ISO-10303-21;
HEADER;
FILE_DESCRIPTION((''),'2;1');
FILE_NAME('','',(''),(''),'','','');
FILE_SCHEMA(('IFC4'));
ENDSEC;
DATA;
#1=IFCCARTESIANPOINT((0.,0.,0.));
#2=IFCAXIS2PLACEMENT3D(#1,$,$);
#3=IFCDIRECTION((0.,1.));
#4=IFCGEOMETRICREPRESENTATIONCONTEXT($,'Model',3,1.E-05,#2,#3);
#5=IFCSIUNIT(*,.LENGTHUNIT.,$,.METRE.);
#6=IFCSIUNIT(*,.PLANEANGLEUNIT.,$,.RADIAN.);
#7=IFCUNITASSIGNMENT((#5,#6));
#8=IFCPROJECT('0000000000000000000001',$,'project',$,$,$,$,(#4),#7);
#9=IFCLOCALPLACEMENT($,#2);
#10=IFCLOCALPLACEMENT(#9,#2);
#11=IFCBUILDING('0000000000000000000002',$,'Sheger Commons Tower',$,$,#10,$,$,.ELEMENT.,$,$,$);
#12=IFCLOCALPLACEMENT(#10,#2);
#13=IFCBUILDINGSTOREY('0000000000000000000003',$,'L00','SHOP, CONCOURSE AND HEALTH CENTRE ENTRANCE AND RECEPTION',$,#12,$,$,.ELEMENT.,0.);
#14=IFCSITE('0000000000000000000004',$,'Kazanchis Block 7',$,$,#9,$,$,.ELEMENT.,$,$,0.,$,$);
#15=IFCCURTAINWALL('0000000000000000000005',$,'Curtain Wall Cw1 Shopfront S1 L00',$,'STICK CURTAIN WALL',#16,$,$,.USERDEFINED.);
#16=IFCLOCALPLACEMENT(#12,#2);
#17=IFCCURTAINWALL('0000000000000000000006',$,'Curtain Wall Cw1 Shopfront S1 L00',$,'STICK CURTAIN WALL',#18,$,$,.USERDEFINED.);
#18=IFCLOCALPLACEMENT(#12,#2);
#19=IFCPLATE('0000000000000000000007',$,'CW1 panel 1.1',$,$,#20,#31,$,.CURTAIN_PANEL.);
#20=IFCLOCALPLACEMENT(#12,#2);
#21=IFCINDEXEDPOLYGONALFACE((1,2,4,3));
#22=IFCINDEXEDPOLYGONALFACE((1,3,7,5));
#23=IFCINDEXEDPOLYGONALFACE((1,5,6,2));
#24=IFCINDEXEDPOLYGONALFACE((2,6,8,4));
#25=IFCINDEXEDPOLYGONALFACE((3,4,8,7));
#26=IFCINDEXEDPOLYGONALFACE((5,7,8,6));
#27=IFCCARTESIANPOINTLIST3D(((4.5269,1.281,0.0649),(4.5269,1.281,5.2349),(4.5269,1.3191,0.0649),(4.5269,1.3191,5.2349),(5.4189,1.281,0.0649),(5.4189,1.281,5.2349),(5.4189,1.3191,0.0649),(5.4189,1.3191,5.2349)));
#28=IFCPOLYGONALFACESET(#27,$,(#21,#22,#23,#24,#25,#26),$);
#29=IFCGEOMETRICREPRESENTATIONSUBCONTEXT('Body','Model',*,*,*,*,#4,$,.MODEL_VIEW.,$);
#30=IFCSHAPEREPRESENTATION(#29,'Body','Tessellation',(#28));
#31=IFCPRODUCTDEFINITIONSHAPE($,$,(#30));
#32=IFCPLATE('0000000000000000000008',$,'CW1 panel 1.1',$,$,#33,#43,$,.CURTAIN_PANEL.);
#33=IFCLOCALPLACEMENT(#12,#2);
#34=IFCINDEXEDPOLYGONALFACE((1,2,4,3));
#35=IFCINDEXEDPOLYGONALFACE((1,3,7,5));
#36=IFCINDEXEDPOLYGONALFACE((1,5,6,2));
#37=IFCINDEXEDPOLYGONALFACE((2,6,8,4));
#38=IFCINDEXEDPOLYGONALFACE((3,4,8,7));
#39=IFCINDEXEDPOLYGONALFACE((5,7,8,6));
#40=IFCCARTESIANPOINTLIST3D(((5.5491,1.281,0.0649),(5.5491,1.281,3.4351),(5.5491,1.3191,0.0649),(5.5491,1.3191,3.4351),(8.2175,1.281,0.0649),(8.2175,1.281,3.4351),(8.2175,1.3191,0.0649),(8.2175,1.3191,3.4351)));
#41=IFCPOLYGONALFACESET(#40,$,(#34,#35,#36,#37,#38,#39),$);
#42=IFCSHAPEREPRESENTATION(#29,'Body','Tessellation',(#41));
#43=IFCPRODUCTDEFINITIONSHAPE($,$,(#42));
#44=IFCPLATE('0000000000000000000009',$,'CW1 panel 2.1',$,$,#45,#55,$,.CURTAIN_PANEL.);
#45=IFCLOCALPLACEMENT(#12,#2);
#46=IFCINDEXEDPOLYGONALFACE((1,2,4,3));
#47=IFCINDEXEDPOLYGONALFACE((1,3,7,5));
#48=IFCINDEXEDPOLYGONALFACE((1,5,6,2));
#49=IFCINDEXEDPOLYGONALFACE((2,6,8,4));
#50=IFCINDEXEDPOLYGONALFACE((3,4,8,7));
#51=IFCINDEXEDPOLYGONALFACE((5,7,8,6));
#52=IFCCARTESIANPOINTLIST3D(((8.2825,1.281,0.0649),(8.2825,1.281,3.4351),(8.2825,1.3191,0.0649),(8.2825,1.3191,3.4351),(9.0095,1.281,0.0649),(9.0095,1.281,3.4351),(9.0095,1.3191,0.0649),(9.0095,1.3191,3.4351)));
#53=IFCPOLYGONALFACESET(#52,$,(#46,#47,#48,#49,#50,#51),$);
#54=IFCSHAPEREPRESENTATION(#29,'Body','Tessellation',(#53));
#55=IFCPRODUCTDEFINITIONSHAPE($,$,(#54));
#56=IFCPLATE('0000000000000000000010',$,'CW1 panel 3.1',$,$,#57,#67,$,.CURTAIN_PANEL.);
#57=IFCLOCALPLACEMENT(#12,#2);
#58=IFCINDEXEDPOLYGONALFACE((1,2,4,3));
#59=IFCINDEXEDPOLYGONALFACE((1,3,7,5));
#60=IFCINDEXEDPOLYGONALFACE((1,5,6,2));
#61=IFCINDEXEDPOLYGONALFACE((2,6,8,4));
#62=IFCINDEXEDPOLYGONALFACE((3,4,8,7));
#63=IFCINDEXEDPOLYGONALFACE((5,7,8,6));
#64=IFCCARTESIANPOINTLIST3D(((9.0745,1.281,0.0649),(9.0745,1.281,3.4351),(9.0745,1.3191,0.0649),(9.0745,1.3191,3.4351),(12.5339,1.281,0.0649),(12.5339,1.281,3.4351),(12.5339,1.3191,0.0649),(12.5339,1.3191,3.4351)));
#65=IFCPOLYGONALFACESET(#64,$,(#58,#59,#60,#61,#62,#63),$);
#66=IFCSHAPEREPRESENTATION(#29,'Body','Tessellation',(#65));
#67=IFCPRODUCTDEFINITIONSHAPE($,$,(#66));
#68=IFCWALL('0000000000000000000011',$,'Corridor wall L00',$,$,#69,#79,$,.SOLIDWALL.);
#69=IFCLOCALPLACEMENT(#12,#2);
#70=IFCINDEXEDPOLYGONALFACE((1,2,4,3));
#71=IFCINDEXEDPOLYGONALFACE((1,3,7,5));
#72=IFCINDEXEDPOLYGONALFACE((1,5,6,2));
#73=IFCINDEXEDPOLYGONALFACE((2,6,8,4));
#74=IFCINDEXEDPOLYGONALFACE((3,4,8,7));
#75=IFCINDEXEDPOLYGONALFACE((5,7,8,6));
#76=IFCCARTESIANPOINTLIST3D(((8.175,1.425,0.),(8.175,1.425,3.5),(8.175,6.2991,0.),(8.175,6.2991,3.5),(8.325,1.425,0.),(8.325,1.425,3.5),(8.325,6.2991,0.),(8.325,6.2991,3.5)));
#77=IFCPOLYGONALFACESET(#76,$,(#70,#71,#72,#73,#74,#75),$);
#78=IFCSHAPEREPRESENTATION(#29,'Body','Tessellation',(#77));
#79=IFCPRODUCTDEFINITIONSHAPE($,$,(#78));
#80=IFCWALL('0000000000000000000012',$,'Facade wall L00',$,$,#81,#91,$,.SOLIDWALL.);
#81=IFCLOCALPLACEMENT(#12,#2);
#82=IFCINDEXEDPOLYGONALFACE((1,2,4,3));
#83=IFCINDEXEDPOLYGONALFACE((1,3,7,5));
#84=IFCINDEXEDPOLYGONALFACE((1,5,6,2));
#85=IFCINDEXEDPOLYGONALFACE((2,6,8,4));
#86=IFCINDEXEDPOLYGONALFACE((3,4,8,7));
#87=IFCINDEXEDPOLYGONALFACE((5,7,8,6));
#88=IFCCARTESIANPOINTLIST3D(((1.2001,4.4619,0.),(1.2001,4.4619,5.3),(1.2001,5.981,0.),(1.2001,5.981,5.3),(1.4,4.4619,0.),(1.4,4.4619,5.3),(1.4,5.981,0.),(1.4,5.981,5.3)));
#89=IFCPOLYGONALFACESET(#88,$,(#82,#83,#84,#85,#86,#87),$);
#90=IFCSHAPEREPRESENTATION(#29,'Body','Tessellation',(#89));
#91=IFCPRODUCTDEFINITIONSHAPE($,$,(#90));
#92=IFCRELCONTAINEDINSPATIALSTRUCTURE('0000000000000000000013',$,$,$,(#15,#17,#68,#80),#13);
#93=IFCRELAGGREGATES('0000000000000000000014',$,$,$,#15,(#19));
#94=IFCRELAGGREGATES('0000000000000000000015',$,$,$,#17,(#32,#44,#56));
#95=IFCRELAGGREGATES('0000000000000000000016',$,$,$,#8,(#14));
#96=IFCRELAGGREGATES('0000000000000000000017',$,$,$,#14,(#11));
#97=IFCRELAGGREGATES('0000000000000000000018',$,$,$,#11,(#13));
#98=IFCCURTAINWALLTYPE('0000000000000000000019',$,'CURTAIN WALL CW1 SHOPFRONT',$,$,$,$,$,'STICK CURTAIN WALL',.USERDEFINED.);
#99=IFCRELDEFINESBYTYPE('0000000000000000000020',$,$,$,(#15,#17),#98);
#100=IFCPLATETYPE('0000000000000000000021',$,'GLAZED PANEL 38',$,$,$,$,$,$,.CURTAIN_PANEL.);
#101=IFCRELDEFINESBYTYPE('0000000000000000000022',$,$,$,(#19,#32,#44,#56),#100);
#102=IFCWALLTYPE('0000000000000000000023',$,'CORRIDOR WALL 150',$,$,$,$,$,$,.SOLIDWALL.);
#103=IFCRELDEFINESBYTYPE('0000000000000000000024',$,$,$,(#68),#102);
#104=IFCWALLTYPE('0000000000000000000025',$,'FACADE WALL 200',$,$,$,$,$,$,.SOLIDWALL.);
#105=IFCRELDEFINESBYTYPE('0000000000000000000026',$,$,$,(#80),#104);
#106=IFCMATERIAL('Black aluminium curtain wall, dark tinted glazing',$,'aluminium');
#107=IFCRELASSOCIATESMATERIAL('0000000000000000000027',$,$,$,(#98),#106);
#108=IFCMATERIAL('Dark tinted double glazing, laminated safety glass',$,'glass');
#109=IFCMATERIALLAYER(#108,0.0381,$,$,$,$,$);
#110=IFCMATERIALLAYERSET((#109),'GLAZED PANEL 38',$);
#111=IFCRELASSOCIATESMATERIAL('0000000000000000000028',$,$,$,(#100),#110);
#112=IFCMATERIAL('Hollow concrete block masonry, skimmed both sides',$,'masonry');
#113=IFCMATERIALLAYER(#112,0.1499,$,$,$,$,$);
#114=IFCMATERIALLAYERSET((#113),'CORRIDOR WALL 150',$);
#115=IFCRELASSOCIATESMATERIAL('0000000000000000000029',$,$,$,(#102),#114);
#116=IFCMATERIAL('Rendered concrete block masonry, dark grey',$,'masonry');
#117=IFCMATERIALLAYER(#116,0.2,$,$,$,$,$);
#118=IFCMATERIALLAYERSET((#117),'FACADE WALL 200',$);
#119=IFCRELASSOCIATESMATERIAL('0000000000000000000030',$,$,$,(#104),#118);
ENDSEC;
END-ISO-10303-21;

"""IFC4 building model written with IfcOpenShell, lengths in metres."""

from ifc_helpers import new_model, si_unit, direction, frame, frame_2d, origin, origin_2d, place, context, subcontext, project, spatial, rectangle, extrude, material, layer, layer_set, type_object, element, aggregate, save


model = new_model("IFC4")

# Units and contexts
model_context = context("Model", 3, precision=1e-05, world=origin(), true_north=direction((0.0, 1.0)))
body_context = subcontext(model_context, "Body", "Model", "MODEL_VIEW")
ifc_project = project(units=[si_unit("LENGTHUNIT", "METRE"), si_unit("PLANEANGLEUNIT", "RADIAN")], contexts=[model_context])

# Site, building, storey
site_placement = place(None, origin())
site = spatial("IfcSite", under=ifc_project, at=site_placement, Name="Kazanchis Block 7", CompositionType="ELEMENT", RefElevation=0.0)
building_placement = place(site_placement, origin())
building = spatial("IfcBuilding", under=site, at=building_placement, Name="Sheger Commons Tower", CompositionType="ELEMENT")
storey_placement = place(building_placement, origin())
storey = spatial("IfcBuildingStorey", under=building, at=storey_placement, Name="L00", Description="SHOP, CONCOURSE AND HEALTH CENTRE ENTRANCE AND RECEPTION", CompositionType="ELEMENT", Elevation=0.0)

# Curtain walls
ifc_material_1 = material(Name="Black aluminium curtain wall, dark tinted glazing", Category="aluminium")
curtain_wall_type = type_object("IfcCurtainWallType", Name="CURTAIN WALL CW1 SHOPFRONT", ElementType="STICK CURTAIN WALL", PredefinedType="USERDEFINED", material=ifc_material_1)
curtain_wall_1_placement = place(storey_placement, origin())
curtain_wall_1 = element("IfcCurtainWall", 1, at=curtain_wall_1_placement, inside=storey, type_object=curtain_wall_type, Name="Curtain Wall Cw1 Shopfront S1 L00", ObjectType="STICK CURTAIN WALL", PredefinedType="USERDEFINED")
curtain_wall_2_placement = place(storey_placement, origin())
curtain_wall_2 = element("IfcCurtainWall", 2, at=curtain_wall_2_placement, inside=storey, type_object=curtain_wall_type, Name="Curtain Wall Cw1 Shopfront S1 L00", ObjectType="STICK CURTAIN WALL", PredefinedType="USERDEFINED")

# Plates
ifc_material_2 = material(Name="Dark tinted double glazing, laminated safety glass", Category="glass")
ifc_layer_1 = layer(ifc_material_2, 0.0381)
ifc_layer_set_1 = layer_set([ifc_layer_1], Name="GLAZED PANEL 38")
plate_type = type_object("IfcPlateType", Name="GLAZED PANEL 38", PredefinedType="CURTAIN_PANEL", material=ifc_layer_set_1)
plate_1_placement = place(storey_placement, frame((4.9729, 1.3, 0.0649), z_axis=(0.0, 0.0, 1.0), x_axis=(1.0, 0.0, 0.0)))
plate_1 = element("IfcPlate", 3, at=plate_1_placement, type_object=plate_type, Name="CW1 panel 1.1", PredefinedType="CURTAIN_PANEL", context=body_context, shape_type="SweptSolid", body=[
    extrude(rectangle(XDim=0.8921, YDim=0.0381, at=origin_2d()), origin(), (0.0, 0.0, 1.0), 5.1699),
])
aggregate(curtain_wall_1, [plate_1])
plate_2_placement = place(storey_placement, frame((6.8833, 1.3, 0.0649), z_axis=(0.0, 0.0, 1.0), x_axis=(1.0, 0.0, 0.0)))
plate_2 = element("IfcPlate", 4, at=plate_2_placement, type_object=plate_type, Name="CW1 panel 1.1", PredefinedType="CURTAIN_PANEL", context=body_context, shape_type="SweptSolid", body=[
    extrude(rectangle(XDim=2.6685, YDim=0.0381, at=origin_2d()), origin(), (0.0, 0.0, 1.0), 3.3701),
])
plate_3_placement = place(storey_placement, frame((8.646, 1.3, 0.0649), z_axis=(0.0, 0.0, 1.0), x_axis=(1.0, 0.0, 0.0)))
plate_3 = element("IfcPlate", 5, at=plate_3_placement, type_object=plate_type, Name="CW1 panel 2.1", PredefinedType="CURTAIN_PANEL", context=body_context, shape_type="SweptSolid", body=[
    extrude(rectangle(XDim=0.7271, YDim=0.0381, at=origin_2d()), origin(), (0.0, 0.0, 1.0), 3.3701),
])
plate_4_placement = place(storey_placement, frame((10.8042, 1.3, 0.0649), z_axis=(0.0, 0.0, 1.0), x_axis=(1.0, 0.0, 0.0)))
plate_4 = element("IfcPlate", 6, at=plate_4_placement, type_object=plate_type, Name="CW1 panel 3.1", PredefinedType="CURTAIN_PANEL", context=body_context, shape_type="SweptSolid", body=[
    extrude(rectangle(XDim=3.4595, YDim=0.0381, at=origin_2d()), origin(), (0.0, 0.0, 1.0), 3.3701),
])
aggregate(curtain_wall_2, [plate_2, plate_3, plate_4])

# Walls
ifc_material_3 = material(Name="Hollow concrete block masonry, skimmed both sides", Category="masonry")
ifc_layer_2 = layer(ifc_material_3, 0.1499)
ifc_layer_set_2 = layer_set([ifc_layer_2], Name="CORRIDOR WALL 150")
wall_type_1 = type_object("IfcWallType", Name="CORRIDOR WALL 150", PredefinedType="SOLIDWALL", material=ifc_layer_set_2)
wall_1_placement = place(storey_placement, frame((8.25, 1.425, 0.0), z_axis=(0.0, 0.0, 1.0), x_axis=(0.0, 1.0, 0.0)))
element("IfcWall", 7, at=wall_1_placement, inside=storey, type_object=wall_type_1, Name="Corridor wall L00", PredefinedType="SOLIDWALL", context=body_context, shape_type="SweptSolid", body=[
    extrude(rectangle(XDim=4.874, YDim=0.1499, at=frame_2d((2.437, 0.0))), origin(), (0.0, 0.0, 1.0), 3.5),
])
ifc_material_4 = material(Name="Rendered concrete block masonry, dark grey", Category="masonry")
ifc_layer_3 = layer(ifc_material_4, 0.2)
ifc_layer_set_3 = layer_set([ifc_layer_3], Name="FACADE WALL 200")
wall_type_2 = type_object("IfcWallType", Name="FACADE WALL 200", PredefinedType="SOLIDWALL", material=ifc_layer_set_3)
wall_2_placement = place(storey_placement, frame((1.3, 5.981, 0.0), z_axis=(0.0, 0.0, 1.0), x_axis=(0.0, -1.0, 0.0)))
element("IfcWall", 8, at=wall_2_placement, inside=storey, type_object=wall_type_2, Name="Facade wall L00", PredefinedType="SOLIDWALL", context=body_context, shape_type="SweptSolid", body=[
    extrude(rectangle(XDim=1.519, YDim=0.2, at=frame_2d((0.7595, 0.0))), origin(), (0.0, 0.0, 1.0), 5.3),
])

save(model, "model.ifc")
